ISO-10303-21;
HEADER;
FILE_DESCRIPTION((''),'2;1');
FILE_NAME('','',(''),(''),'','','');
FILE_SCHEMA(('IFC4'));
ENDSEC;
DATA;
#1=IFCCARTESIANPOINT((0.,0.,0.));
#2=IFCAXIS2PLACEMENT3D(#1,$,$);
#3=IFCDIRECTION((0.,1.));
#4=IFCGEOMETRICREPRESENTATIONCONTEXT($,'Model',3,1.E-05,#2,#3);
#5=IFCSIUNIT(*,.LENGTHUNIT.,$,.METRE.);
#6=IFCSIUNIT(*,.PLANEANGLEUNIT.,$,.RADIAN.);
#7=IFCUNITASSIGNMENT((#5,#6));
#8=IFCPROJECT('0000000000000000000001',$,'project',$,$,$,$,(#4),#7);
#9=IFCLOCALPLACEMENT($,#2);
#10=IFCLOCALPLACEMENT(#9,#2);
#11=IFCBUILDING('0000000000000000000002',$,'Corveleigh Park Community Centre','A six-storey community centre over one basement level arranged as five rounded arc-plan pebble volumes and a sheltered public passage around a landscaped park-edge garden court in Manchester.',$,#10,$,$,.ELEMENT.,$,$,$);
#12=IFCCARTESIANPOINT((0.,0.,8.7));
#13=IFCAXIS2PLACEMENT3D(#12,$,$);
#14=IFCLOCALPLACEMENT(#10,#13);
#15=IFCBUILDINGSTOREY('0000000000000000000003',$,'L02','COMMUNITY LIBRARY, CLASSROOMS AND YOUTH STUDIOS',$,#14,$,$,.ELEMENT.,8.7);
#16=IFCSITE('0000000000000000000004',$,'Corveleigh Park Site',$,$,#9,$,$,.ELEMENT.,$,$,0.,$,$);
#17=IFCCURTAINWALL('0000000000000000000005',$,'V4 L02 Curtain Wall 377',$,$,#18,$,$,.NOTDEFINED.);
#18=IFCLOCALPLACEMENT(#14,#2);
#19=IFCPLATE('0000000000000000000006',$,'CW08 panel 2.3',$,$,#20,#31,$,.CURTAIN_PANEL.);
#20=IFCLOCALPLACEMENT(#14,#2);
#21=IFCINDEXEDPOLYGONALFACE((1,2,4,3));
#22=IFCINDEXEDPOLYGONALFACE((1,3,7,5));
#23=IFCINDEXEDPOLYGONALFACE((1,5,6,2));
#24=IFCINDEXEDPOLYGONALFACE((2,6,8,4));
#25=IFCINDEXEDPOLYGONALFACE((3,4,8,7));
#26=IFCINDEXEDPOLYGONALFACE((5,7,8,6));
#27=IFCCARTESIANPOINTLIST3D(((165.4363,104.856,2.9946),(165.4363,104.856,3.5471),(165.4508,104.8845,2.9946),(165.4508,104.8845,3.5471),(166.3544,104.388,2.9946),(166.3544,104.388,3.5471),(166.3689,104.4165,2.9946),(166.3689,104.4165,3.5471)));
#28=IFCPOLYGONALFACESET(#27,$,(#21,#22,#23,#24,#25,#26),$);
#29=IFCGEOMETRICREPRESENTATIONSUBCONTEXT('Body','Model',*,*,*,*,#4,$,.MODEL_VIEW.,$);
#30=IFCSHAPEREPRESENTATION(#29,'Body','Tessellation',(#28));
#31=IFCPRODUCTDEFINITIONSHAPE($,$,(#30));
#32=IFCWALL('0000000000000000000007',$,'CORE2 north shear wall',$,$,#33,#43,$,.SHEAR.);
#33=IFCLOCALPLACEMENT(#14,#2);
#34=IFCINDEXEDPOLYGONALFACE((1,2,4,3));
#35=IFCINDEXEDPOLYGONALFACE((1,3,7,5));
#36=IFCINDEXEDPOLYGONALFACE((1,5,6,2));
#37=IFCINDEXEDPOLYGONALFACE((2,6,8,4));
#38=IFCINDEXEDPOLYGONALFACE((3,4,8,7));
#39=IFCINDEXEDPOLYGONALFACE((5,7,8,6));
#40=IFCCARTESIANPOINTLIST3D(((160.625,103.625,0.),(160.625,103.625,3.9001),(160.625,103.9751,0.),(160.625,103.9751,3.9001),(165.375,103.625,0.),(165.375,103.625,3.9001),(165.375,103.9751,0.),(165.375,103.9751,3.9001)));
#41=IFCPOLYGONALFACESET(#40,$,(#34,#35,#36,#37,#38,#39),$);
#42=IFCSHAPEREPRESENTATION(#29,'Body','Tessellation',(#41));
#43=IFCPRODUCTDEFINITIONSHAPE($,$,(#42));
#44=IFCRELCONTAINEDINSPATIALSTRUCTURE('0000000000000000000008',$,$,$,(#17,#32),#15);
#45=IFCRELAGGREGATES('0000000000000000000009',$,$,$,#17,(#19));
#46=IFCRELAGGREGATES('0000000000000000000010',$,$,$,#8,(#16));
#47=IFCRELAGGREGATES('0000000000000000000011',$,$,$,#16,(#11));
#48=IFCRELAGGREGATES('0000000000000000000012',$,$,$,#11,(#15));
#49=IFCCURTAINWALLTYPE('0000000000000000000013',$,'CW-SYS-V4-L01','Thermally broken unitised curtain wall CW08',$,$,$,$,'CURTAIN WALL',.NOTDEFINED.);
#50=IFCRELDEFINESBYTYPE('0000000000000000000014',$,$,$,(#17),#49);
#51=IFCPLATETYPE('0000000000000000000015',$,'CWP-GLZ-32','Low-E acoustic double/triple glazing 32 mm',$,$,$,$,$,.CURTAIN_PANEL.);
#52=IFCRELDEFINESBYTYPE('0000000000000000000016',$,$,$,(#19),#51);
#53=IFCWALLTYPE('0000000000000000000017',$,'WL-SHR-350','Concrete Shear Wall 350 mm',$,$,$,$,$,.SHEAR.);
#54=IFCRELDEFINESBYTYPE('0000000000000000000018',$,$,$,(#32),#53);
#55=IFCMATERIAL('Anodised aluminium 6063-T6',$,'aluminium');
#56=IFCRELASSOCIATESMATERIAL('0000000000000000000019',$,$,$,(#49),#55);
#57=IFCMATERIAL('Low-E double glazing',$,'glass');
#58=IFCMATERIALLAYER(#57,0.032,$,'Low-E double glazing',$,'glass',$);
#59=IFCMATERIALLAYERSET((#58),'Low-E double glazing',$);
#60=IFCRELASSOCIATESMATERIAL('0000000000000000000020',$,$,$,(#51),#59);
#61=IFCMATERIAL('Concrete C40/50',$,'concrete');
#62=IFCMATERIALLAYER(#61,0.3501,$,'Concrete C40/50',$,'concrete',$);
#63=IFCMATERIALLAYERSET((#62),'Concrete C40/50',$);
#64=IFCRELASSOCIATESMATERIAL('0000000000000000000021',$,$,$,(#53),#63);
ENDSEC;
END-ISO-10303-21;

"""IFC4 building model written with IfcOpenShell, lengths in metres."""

from ifc_helpers import new_model, si_unit, direction, frame, frame_2d, origin, origin_2d, place, context, subcontext, project, spatial, rectangle, extrude, material, layer, layer_set, type_object, element, aggregate, save


model = new_model("IFC4")

# Units and contexts
model_context = context("Model", 3, precision=1e-05, world=origin(), true_north=direction((0.0, 1.0)))
body_context = subcontext(model_context, "Body", "Model", "MODEL_VIEW")
ifc_project = project(units=[si_unit("LENGTHUNIT", "METRE"), si_unit("PLANEANGLEUNIT", "RADIAN")], contexts=[model_context])

# Site, building, storey
site_placement = place(None, origin())
site = spatial("IfcSite", under=ifc_project, at=site_placement, Name="Corveleigh Park Site", CompositionType="ELEMENT", RefElevation=0.0)
building_placement = place(site_placement, origin())
building = spatial("IfcBuilding", under=site, at=building_placement, Name="Corveleigh Park Community Centre", Description="A six-storey community centre over one basement level arranged as five rounded arc-plan pebble volumes and a sheltered public passage around a landscaped park-edge garden court in Manchester.", CompositionType="ELEMENT")
storey_placement = place(building_placement, frame((0.0, 0.0, 8.7)))
storey = spatial("IfcBuildingStorey", under=building, at=storey_placement, Name="L02", Description="COMMUNITY LIBRARY, CLASSROOMS AND YOUTH STUDIOS", CompositionType="ELEMENT", Elevation=8.7)

# Curtain wall
ifc_material_1 = material(Name="Anodised aluminium 6063-T6", Category="aluminium")
curtain_wall_type = type_object("IfcCurtainWallType", Name="CW-SYS-V4-L01", Description="Thermally broken unitised curtain wall CW08", ElementType="CURTAIN WALL", PredefinedType="NOTDEFINED", material=ifc_material_1)
curtain_wall_1_placement = place(storey_placement, origin())
curtain_wall_1 = element("IfcCurtainWall", 1, at=curtain_wall_1_placement, inside=storey, type_object=curtain_wall_type, Name="V4 L02 Curtain Wall 377", PredefinedType="NOTDEFINED")

# Plate
ifc_material_2 = material(Name="Low-E double glazing", Category="glass")
ifc_layer_1 = layer(ifc_material_2, 0.032, Name="Low-E double glazing", Category="glass")
ifc_layer_set_1 = layer_set([ifc_layer_1], Name="Low-E double glazing")
plate_type_1 = type_object("IfcPlateType", Name="CWP-GLZ-32", Description="Low-E acoustic double/triple glazing 32 mm", PredefinedType="CURTAIN_PANEL", material=ifc_layer_set_1)
plate_1_placement = place(storey_placement, frame((165.9026, 104.6362, 2.9946), z_axis=(0.0, 0.0, 1.0), x_axis=(0.890923, -0.454154, 0.0)))
plate_1 = element("IfcPlate", 2, at=plate_1_placement, type_object=plate_type_1, Name="CW08 panel 2.3", PredefinedType="CURTAIN_PANEL", context=body_context, shape_type="SweptSolid", body=[
    extrude(rectangle(XDim=1.0305, YDim=0.032, at=origin_2d()), origin(), (0.0, 0.0, 1.0), 0.5525),
])
aggregate(curtain_wall_1, [plate_1])

# Wall
ifc_material_3 = material(Name="Concrete C40/50", Category="concrete")
ifc_layer_2 = layer(ifc_material_3, 0.3501, Name="Concrete C40/50", Category="concrete")
ifc_layer_set_2 = layer_set([ifc_layer_2], Name="Concrete C40/50")
wall_type = type_object("IfcWallType", Name="WL-SHR-350", Description="Concrete Shear Wall 350 mm", PredefinedType="SHEAR", material=ifc_layer_set_2)
wall_placement = place(storey_placement, frame((165.375, 103.8, 0.0), z_axis=(0.0, 0.0, 1.0), x_axis=(-1.0, 0.0, 0.0)))
element("IfcWall", 3, at=wall_placement, inside=storey, type_object=wall_type, Name="CORE2 north shear wall", PredefinedType="SHEAR", context=body_context, shape_type="SweptSolid", body=[
    extrude(rectangle(XDim=4.75, YDim=0.3501, at=frame_2d((2.375, 0.0))), origin(), (0.0, 0.0, 1.0), 3.9001),
])

save(model, "model.ifc")
